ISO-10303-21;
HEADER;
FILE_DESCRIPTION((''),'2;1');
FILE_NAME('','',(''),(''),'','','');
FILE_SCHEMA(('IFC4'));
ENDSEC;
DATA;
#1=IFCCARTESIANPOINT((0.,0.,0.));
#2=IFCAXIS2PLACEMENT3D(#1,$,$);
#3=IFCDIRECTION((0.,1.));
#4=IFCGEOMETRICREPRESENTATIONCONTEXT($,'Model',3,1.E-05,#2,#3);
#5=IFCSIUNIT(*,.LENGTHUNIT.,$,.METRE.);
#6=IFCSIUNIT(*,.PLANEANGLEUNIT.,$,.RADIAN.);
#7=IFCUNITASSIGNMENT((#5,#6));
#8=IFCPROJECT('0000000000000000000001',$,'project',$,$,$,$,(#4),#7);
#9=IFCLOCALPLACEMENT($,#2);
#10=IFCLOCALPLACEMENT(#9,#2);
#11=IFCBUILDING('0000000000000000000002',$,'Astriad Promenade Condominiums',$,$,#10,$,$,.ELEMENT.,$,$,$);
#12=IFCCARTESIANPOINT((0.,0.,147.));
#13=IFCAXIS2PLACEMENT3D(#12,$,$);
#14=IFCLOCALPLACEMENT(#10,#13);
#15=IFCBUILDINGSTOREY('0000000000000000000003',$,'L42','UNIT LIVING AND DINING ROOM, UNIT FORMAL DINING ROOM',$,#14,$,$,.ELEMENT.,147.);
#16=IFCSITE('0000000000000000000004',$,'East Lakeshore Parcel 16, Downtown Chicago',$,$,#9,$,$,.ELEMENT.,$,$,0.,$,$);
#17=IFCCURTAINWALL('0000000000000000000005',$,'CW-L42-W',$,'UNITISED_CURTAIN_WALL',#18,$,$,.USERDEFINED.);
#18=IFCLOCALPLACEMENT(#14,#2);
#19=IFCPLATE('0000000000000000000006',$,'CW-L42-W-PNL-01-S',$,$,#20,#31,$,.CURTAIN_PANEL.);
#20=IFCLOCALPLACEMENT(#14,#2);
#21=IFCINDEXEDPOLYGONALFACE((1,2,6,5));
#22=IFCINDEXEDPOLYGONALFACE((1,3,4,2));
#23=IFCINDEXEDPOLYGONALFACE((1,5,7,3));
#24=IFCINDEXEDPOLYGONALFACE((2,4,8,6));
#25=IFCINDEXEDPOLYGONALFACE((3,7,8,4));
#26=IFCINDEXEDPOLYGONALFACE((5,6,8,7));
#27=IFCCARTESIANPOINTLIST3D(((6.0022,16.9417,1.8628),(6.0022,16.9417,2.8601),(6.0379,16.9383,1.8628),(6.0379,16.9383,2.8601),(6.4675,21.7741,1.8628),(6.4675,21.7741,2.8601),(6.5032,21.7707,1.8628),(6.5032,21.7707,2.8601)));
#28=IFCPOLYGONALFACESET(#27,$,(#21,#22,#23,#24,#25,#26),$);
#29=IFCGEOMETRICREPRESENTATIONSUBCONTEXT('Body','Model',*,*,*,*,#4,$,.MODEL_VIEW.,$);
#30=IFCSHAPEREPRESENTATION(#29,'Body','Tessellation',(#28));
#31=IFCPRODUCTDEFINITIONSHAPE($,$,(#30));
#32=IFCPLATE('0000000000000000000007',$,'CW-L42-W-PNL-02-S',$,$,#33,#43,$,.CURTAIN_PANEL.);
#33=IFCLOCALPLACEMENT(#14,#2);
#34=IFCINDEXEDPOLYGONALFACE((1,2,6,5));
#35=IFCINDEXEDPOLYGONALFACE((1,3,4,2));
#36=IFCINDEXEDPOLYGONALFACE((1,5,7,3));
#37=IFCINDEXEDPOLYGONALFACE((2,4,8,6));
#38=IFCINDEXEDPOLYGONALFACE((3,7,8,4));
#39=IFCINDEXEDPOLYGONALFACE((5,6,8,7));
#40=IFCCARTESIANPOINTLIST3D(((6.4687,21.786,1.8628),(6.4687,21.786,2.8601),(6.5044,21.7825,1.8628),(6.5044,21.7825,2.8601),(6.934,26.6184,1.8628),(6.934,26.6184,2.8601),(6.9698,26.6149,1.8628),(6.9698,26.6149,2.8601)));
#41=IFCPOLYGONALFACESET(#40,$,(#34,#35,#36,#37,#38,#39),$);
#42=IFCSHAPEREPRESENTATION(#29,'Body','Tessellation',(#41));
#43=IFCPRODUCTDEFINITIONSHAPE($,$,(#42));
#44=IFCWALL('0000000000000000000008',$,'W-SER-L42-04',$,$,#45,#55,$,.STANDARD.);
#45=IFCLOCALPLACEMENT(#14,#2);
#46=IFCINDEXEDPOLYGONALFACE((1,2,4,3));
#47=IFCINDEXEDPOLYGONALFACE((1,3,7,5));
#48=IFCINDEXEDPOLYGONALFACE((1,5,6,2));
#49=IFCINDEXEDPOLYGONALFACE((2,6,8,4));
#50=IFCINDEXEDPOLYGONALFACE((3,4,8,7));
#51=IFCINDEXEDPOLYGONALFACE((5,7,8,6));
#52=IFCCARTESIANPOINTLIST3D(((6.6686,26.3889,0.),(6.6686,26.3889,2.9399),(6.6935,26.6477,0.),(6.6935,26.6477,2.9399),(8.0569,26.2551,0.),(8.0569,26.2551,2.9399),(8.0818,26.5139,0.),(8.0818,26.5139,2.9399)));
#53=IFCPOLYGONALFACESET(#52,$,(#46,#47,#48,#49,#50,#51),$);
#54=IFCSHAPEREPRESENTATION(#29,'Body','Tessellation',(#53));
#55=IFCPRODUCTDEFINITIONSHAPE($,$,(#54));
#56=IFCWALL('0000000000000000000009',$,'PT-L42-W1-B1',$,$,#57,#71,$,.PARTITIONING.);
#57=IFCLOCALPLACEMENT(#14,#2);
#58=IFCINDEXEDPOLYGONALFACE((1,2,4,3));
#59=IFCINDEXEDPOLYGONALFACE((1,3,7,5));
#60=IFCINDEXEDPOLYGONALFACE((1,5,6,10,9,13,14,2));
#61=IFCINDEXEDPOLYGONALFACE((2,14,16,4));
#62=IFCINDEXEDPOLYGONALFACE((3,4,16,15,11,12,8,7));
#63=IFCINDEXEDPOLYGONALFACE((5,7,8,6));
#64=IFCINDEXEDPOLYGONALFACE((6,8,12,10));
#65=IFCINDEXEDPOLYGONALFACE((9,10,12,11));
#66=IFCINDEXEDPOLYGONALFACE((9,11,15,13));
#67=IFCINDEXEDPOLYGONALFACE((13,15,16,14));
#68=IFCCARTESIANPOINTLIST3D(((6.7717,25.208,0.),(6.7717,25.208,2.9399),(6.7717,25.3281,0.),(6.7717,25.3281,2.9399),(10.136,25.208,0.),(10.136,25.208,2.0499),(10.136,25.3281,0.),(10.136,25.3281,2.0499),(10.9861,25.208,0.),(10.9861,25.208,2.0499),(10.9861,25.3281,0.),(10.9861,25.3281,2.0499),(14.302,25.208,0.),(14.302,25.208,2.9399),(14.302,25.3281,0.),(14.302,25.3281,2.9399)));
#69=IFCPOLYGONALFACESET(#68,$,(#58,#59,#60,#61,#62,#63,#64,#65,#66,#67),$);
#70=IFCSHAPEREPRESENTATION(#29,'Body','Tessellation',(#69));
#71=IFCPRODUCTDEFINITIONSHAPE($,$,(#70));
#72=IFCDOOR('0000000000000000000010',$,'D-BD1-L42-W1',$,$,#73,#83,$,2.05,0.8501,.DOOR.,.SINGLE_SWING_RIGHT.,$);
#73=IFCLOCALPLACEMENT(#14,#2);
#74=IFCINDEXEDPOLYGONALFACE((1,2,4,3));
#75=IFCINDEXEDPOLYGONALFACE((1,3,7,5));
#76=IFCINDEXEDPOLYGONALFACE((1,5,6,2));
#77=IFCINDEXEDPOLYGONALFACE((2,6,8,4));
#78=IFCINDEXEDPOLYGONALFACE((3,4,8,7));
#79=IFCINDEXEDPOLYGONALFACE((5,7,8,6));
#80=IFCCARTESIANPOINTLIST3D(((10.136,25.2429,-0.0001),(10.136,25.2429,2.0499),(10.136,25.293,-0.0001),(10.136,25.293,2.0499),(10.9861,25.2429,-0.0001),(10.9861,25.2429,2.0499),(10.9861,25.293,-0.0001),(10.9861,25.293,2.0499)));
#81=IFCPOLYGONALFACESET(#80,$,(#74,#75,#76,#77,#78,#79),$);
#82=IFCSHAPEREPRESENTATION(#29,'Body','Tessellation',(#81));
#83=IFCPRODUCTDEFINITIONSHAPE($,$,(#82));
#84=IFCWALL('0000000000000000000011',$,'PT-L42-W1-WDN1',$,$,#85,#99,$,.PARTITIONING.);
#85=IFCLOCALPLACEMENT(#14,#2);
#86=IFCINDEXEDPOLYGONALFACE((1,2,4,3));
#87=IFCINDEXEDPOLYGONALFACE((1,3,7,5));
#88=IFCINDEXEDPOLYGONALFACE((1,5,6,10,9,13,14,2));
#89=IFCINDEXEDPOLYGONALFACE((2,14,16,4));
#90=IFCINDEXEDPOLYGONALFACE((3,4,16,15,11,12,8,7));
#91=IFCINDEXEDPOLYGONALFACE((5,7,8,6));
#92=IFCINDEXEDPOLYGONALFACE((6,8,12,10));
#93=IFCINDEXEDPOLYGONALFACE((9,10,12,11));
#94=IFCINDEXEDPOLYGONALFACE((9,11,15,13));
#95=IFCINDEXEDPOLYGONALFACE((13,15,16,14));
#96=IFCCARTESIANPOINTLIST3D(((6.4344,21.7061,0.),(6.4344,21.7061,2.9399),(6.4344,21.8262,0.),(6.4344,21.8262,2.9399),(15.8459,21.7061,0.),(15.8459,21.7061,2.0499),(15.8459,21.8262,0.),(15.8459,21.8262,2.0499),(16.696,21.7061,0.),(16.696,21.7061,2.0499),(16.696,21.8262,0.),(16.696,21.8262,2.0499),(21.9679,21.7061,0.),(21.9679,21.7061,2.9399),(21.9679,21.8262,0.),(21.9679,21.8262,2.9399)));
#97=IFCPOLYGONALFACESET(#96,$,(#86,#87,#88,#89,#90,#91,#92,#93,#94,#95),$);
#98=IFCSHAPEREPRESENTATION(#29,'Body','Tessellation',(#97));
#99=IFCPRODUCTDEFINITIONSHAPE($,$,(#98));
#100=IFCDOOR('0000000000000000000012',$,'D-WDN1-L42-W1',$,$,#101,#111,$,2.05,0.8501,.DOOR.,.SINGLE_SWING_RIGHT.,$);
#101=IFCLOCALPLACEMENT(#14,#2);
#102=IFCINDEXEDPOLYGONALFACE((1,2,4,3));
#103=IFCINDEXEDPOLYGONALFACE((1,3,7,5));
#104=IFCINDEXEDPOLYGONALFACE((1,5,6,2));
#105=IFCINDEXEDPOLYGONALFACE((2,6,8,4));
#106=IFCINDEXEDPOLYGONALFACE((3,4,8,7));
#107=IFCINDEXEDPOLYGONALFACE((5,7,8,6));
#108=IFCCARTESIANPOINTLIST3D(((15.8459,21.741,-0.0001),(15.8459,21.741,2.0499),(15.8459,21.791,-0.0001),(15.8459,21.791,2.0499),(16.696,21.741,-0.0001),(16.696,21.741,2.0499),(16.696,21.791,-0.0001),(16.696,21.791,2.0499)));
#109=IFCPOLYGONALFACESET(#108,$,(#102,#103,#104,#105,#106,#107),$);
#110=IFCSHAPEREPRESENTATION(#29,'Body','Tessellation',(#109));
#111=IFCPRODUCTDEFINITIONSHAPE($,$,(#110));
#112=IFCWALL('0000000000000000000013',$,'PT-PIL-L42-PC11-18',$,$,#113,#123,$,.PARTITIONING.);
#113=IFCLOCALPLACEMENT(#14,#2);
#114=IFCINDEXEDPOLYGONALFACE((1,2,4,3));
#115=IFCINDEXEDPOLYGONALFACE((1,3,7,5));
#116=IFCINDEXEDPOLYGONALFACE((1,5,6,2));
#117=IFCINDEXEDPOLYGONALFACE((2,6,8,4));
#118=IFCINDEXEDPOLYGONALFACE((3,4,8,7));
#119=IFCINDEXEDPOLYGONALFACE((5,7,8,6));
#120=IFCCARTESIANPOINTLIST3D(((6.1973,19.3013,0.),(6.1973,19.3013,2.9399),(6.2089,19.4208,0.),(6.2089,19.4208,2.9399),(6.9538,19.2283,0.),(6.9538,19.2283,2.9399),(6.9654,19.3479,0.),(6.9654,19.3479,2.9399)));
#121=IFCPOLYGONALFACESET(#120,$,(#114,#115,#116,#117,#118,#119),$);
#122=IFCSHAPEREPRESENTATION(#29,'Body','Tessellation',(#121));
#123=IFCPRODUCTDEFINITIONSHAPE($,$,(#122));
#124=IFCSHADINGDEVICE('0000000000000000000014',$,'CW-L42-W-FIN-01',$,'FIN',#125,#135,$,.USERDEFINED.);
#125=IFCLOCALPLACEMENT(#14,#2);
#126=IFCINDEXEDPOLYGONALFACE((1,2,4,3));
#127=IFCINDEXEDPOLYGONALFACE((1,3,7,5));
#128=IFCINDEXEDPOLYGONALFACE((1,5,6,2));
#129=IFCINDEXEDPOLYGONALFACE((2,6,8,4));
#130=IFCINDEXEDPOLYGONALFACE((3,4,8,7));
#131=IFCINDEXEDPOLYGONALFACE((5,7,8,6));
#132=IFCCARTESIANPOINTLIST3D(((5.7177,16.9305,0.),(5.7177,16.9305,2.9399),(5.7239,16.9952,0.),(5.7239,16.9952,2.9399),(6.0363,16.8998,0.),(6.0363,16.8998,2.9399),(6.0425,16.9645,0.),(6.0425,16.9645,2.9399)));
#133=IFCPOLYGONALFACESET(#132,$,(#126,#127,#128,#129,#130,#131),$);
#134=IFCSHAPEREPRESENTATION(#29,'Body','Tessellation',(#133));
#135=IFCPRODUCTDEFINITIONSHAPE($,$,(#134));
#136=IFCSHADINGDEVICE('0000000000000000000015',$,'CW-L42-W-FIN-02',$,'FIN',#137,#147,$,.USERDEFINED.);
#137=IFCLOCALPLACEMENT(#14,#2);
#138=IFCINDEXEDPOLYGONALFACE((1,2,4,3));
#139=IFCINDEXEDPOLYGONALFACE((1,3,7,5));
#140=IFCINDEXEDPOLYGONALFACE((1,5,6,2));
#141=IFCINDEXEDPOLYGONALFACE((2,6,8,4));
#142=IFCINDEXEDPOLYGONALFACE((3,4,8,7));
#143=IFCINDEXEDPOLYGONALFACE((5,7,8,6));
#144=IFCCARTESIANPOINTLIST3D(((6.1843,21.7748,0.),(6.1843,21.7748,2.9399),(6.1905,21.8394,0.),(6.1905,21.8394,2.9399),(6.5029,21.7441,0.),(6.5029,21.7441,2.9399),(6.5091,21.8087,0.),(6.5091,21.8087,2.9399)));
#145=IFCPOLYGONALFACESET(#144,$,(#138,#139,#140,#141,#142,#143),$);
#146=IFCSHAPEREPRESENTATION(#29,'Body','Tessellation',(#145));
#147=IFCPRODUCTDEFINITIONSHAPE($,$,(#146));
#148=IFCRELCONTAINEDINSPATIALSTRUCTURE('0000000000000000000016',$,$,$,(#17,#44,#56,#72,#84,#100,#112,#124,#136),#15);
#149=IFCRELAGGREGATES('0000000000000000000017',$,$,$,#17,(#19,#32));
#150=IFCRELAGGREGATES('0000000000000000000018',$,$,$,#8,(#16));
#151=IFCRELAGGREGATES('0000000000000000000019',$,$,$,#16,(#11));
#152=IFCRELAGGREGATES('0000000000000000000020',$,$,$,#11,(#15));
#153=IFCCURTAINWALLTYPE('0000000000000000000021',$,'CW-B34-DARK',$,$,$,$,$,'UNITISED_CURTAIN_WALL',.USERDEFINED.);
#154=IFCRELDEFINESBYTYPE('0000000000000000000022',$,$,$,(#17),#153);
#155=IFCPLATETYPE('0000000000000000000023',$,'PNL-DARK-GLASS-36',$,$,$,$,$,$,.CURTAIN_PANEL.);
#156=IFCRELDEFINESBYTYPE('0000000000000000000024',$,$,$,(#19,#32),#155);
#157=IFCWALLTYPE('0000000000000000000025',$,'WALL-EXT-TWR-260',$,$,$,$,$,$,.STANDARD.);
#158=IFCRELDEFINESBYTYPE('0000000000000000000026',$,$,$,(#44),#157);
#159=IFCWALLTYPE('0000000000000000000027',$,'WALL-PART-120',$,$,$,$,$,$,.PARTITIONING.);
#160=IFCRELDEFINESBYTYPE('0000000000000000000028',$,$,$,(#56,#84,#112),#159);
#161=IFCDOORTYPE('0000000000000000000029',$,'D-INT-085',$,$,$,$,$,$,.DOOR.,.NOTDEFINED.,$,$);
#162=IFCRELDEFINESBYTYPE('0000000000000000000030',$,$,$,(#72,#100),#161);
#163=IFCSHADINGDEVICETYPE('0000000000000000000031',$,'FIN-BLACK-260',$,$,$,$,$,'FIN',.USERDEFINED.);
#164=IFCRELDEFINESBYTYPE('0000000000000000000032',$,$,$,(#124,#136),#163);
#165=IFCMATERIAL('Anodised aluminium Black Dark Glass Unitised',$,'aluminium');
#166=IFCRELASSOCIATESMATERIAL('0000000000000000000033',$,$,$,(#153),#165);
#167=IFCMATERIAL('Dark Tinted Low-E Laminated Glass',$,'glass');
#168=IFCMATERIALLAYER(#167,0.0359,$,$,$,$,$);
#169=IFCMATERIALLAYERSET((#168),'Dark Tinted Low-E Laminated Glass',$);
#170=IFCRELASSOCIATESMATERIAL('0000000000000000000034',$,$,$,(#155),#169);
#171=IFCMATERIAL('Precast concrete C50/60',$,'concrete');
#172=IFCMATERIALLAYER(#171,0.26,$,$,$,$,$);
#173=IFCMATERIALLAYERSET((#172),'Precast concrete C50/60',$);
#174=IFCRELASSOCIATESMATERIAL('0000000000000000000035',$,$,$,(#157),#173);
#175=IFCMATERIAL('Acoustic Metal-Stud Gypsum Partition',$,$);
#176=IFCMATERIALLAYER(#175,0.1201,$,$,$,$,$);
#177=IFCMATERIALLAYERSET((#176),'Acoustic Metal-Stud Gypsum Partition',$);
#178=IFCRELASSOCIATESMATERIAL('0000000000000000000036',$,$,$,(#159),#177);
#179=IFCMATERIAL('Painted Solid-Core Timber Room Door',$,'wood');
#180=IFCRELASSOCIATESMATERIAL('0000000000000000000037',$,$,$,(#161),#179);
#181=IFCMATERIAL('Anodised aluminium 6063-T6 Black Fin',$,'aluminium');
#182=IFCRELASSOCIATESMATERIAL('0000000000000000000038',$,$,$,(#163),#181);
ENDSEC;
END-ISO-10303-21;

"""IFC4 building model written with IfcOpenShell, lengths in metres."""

from ifc_helpers import new_model, si_unit, direction, frame, frame_2d, origin, origin_2d, place, context, subcontext, project, spatial, rectangle, extrude, source, transform, mapped, material, layer, layer_set, type_object, type_shapes, element, fill, aggregate, save


model = new_model("IFC4")

# Units and contexts
model_context = context("Model", 3, precision=1e-05, world=origin(), true_north=direction((0.0, 1.0)))
body_context = subcontext(model_context, "Body", "Model", "MODEL_VIEW")
ifc_project = project(units=[si_unit("LENGTHUNIT", "METRE"), si_unit("PLANEANGLEUNIT", "RADIAN")], contexts=[model_context])

# Site, building, storey
site_placement = place(None, origin())
site = spatial("IfcSite", under=ifc_project, at=site_placement, Name="East Lakeshore Parcel 16, Downtown Chicago", CompositionType="ELEMENT", RefElevation=0.0)
building_placement = place(site_placement, origin())
building = spatial("IfcBuilding", under=site, at=building_placement, Name="Astriad Promenade Condominiums", CompositionType="ELEMENT")
storey_placement = place(building_placement, frame((0.0, 0.0, 147.0)))
storey = spatial("IfcBuildingStorey", under=building, at=storey_placement, Name="L42", Description="UNIT LIVING AND DINING ROOM, UNIT FORMAL DINING ROOM", CompositionType="ELEMENT", Elevation=147.0)

# Curtain wall, plates
ifc_material_1 = material(Name="Anodised aluminium Black Dark Glass Unitised", Category="aluminium")
curtain_wall_type = type_object("IfcCurtainWallType", Name="CW-B34-DARK", ElementType="UNITISED_CURTAIN_WALL", PredefinedType="USERDEFINED", material=ifc_material_1)
curtain_wall_placement = place(storey_placement, origin())
curtain_wall = element("IfcCurtainWall", 1, at=curtain_wall_placement, inside=storey, type_object=curtain_wall_type, Name="CW-L42-W", ObjectType="UNITISED_CURTAIN_WALL", PredefinedType="USERDEFINED")
ifc_material_2 = material(Name="Dark Tinted Low-E Laminated Glass", Category="glass")
ifc_layer_1 = layer(ifc_material_2, 0.0359)
ifc_layer_set_1 = layer_set([ifc_layer_1], Name="Dark Tinted Low-E Laminated Glass")
plate_type = type_object("IfcPlateType", Name="PNL-DARK-GLASS-36", PredefinedType="CURTAIN_PANEL", material=ifc_layer_set_1)
shared_shape_1 = source(origin(), body_context, "Body", "SweptSolid", [
    extrude(rectangle(XDim=4.8547, YDim=0.0359, at=origin_2d()), origin(), (0.0, 0.0, 1.0), 0.9973),
])
plate_1_placement = place(storey_placement, frame((6.2527, 19.3562, 1.8628), z_axis=(0.0, 0.0, 1.0), x_axis=(0.095846, 0.995396, 0.0)))
plate_1 = element("IfcPlate", 2, at=plate_1_placement, type_object=plate_type, Name="CW-L42-W-PNL-01-S", PredefinedType="CURTAIN_PANEL", context=body_context, shape_type="MappedRepresentation", body=[
    mapped(shared_shape_1, transform((0.0, 0.0, 0.0), scale=1.0)),
])
plate_2_placement = place(storey_placement, frame((6.7192, 24.2004, 1.8628), z_axis=(0.0, 0.0, 1.0), x_axis=(0.095846, 0.995396, 0.0)))
plate_2 = element("IfcPlate", 3, at=plate_2_placement, type_object=plate_type, Name="CW-L42-W-PNL-02-S", PredefinedType="CURTAIN_PANEL", context=body_context, shape_type="MappedRepresentation", body=[
    mapped(shared_shape_1, transform((0.0, 0.0, 0.0), scale=1.0)),
])
aggregate(curtain_wall, [plate_1, plate_2])

# Wall
ifc_material_3 = material(Name="Precast concrete C50/60", Category="concrete")
ifc_layer_2 = layer(ifc_material_3, 0.26)
ifc_layer_set_2 = layer_set([ifc_layer_2], Name="Precast concrete C50/60")
wall_type_1 = type_object("IfcWallType", Name="WALL-EXT-TWR-260", PredefinedType="STANDARD", material=ifc_layer_set_2)
wall_1_placement = place(storey_placement, frame((6.6812, 26.5183, 0.0), z_axis=(0.0, 0.0, 1.0), x_axis=(0.995389, -0.095916, 0.0)))
element("IfcWall", 4, at=wall_1_placement, inside=storey, type_object=wall_type_1, Name="W-SER-L42-04", PredefinedType="STANDARD", context=body_context, shape_type="SweptSolid", body=[
    extrude(rectangle(XDim=1.3948, YDim=0.26, at=frame_2d((0.6973, 0.0))), origin(), (0.0, 0.0, 1.0), 2.9399),
])

# Walls, openings, doors
ifc_material_4 = material(Name="Acoustic Metal-Stud Gypsum Partition")
ifc_layer_3 = layer(ifc_material_4, 0.1201)
ifc_layer_set_3 = layer_set([ifc_layer_3], Name="Acoustic Metal-Stud Gypsum Partition")
wall_type_2 = type_object("IfcWallType", Name="WALL-PART-120", PredefinedType="PARTITIONING", material=ifc_layer_set_3)
wall_2_placement = place(storey_placement, frame((6.7717, 25.2681, 0.0), z_axis=(0.0, 0.0, 1.0), x_axis=(1.0, 0.0, 0.0)))
wall_2 = element("IfcWall", 5, at=wall_2_placement, inside=storey, type_object=wall_type_2, Name="PT-L42-W1-B1", PredefinedType="PARTITIONING", context=body_context, shape_type="SweptSolid", body=[
    extrude(rectangle(XDim=7.5303, YDim=0.1201, at=frame_2d((3.7651, 0.0))), origin(), (0.0, 0.0, 1.0), 2.9399),
])
opening_1_placement = place(wall_2_placement, frame((3.3643, 0.0, 0.0)))
opening_1 = element("IfcOpeningElement", 6, at=opening_1_placement, cuts=wall_2, PredefinedType="OPENING", context=body_context, shape_type="SweptSolid", body=[
    extrude(rectangle(XDim=0.8501, YDim=2.05, at=frame_2d((0.425, 1.0249))), frame((0.0, 0.0701, 0.0), z_axis=(0.0, -1.0, 0.0), x_axis=(1.0, 0.0, 0.0)), (0.0, 0.0, 1.0), 0.1401),
])
ifc_material_5 = material(Name="Painted Solid-Core Timber Room Door", Category="wood")
door_type = type_object("IfcDoorType", Name="D-INT-085", OperationType="NOTDEFINED", PredefinedType="DOOR", material=ifc_material_5)
shared_shape_2 = source(origin(), body_context, "Body", "SweptSolid", [
    extrude(rectangle(XDim=0.8501, YDim=2.05, at=frame_2d((0.425, 1.0249))), frame((0.0, 0.0249, 0.0), z_axis=(0.0, -1.0, 0.0), x_axis=(1.0, 0.0, 0.0)), (0.0, 0.0, 1.0), 0.05),
])
type_shapes(door_type, [shared_shape_2])
door_1_placement = place(opening_1_placement, origin())
door_1 = element("IfcDoor", 7, at=door_1_placement, inside=storey, type_object=door_type, Name="D-BD1-L42-W1", OperationType="SINGLE_SWING_RIGHT", OverallHeight=2.05, OverallWidth=0.8501, PredefinedType="DOOR", context=body_context, shape_type="MappedRepresentation", body=[
    mapped(shared_shape_2, transform((0.0, 0.0, 0.0), scale=1.0)),
])
fill(opening_1, door_1)
wall_3_placement = place(storey_placement, frame((6.4346, 21.7661, 0.0), z_axis=(0.0, 0.0, 1.0), x_axis=(1.0, 0.0, 0.0)))
wall_3 = element("IfcWall", 8, at=wall_3_placement, inside=storey, type_object=wall_type_2, Name="PT-L42-W1-WDN1", PredefinedType="PARTITIONING", context=body_context, shape_type="SweptSolid", body=[
    extrude(rectangle(XDim=15.5334, YDim=0.1201, at=frame_2d((7.7666, 0.0))), origin(), (0.0, 0.0, 1.0), 2.9399),
])
opening_2_placement = place(wall_3_placement, frame((9.4114, 0.0, 0.0)))
opening_2 = element("IfcOpeningElement", 9, at=opening_2_placement, cuts=wall_3, PredefinedType="OPENING", context=body_context, shape_type="SweptSolid", body=[
    extrude(rectangle(XDim=0.8501, YDim=2.05, at=frame_2d((0.425, 1.0249))), frame((0.0, 0.0701, 0.0), z_axis=(0.0, -1.0, 0.0), x_axis=(1.0, 0.0, 0.0)), (0.0, 0.0, 1.0), 0.1401),
])
door_2_placement = place(opening_2_placement, origin())
door_2 = element("IfcDoor", 10, at=door_2_placement, inside=storey, type_object=door_type, Name="D-WDN1-L42-W1", OperationType="SINGLE_SWING_RIGHT", OverallHeight=2.05, OverallWidth=0.8501, PredefinedType="DOOR", context=body_context, shape_type="MappedRepresentation", body=[
    mapped(shared_shape_2, transform((0.0, 0.0, 0.0), scale=1.0)),
])
fill(opening_2, door_2)

# Wall
wall_4_placement = place(storey_placement, frame((6.9595, 19.2881, 0.0), z_axis=(0.0, 0.0, 1.0), x_axis=(-0.995378, 0.096037, 0.0)))
element("IfcWall", 11, at=wall_4_placement, inside=storey, type_object=wall_type_2, Name="PT-PIL-L42-PC11-18", PredefinedType="PARTITIONING", context=body_context, shape_type="SweptSolid", body=[
    extrude(rectangle(XDim=0.76, YDim=0.1201, at=frame_2d((0.3799, 0.0))), origin(), (0.0, 0.0, 1.0), 2.9399),
])

# Shading devices
ifc_material_6 = material(Name="Anodised aluminium 6063-T6 Black Fin", Category="aluminium")
shading_device_type = type_object("IfcShadingDeviceType", Name="FIN-BLACK-260", ElementType="FIN", PredefinedType="USERDEFINED", material=ifc_material_6)
shared_shape_3 = source(origin(), body_context, "Body", "SweptSolid", [
    extrude(rectangle(XDim=0.0649, YDim=0.3201, at=origin_2d()), origin(), (0.0, 0.0, 1.0), 2.9399),
])
type_shapes(shading_device_type, [shared_shape_3])
for number, where, z_axis, x_axis, name in (
    (12, (5.8801, 16.9475, 0.0), (0.0, 0.0, 1.0), (0.095846, 0.995396, 0.0), "CW-L42-W-FIN-01"),
    (13, (6.3467, 21.7917, 0.0), (0.0, 0.0, 1.0), (0.095846, 0.995396, 0.0), "CW-L42-W-FIN-02"),
):
    element("IfcShadingDevice", number, at=place(storey_placement, frame(where, z_axis=z_axis, x_axis=x_axis)), inside=storey, type_object=shading_device_type, Name=name, ObjectType="FIN", PredefinedType="USERDEFINED", context=body_context, shape_type="MappedRepresentation", body=[
        mapped(shared_shape_3, transform((0.0, 0.0, 0.0), scale=1.0)),
    ])

save(model, "model.ifc")
